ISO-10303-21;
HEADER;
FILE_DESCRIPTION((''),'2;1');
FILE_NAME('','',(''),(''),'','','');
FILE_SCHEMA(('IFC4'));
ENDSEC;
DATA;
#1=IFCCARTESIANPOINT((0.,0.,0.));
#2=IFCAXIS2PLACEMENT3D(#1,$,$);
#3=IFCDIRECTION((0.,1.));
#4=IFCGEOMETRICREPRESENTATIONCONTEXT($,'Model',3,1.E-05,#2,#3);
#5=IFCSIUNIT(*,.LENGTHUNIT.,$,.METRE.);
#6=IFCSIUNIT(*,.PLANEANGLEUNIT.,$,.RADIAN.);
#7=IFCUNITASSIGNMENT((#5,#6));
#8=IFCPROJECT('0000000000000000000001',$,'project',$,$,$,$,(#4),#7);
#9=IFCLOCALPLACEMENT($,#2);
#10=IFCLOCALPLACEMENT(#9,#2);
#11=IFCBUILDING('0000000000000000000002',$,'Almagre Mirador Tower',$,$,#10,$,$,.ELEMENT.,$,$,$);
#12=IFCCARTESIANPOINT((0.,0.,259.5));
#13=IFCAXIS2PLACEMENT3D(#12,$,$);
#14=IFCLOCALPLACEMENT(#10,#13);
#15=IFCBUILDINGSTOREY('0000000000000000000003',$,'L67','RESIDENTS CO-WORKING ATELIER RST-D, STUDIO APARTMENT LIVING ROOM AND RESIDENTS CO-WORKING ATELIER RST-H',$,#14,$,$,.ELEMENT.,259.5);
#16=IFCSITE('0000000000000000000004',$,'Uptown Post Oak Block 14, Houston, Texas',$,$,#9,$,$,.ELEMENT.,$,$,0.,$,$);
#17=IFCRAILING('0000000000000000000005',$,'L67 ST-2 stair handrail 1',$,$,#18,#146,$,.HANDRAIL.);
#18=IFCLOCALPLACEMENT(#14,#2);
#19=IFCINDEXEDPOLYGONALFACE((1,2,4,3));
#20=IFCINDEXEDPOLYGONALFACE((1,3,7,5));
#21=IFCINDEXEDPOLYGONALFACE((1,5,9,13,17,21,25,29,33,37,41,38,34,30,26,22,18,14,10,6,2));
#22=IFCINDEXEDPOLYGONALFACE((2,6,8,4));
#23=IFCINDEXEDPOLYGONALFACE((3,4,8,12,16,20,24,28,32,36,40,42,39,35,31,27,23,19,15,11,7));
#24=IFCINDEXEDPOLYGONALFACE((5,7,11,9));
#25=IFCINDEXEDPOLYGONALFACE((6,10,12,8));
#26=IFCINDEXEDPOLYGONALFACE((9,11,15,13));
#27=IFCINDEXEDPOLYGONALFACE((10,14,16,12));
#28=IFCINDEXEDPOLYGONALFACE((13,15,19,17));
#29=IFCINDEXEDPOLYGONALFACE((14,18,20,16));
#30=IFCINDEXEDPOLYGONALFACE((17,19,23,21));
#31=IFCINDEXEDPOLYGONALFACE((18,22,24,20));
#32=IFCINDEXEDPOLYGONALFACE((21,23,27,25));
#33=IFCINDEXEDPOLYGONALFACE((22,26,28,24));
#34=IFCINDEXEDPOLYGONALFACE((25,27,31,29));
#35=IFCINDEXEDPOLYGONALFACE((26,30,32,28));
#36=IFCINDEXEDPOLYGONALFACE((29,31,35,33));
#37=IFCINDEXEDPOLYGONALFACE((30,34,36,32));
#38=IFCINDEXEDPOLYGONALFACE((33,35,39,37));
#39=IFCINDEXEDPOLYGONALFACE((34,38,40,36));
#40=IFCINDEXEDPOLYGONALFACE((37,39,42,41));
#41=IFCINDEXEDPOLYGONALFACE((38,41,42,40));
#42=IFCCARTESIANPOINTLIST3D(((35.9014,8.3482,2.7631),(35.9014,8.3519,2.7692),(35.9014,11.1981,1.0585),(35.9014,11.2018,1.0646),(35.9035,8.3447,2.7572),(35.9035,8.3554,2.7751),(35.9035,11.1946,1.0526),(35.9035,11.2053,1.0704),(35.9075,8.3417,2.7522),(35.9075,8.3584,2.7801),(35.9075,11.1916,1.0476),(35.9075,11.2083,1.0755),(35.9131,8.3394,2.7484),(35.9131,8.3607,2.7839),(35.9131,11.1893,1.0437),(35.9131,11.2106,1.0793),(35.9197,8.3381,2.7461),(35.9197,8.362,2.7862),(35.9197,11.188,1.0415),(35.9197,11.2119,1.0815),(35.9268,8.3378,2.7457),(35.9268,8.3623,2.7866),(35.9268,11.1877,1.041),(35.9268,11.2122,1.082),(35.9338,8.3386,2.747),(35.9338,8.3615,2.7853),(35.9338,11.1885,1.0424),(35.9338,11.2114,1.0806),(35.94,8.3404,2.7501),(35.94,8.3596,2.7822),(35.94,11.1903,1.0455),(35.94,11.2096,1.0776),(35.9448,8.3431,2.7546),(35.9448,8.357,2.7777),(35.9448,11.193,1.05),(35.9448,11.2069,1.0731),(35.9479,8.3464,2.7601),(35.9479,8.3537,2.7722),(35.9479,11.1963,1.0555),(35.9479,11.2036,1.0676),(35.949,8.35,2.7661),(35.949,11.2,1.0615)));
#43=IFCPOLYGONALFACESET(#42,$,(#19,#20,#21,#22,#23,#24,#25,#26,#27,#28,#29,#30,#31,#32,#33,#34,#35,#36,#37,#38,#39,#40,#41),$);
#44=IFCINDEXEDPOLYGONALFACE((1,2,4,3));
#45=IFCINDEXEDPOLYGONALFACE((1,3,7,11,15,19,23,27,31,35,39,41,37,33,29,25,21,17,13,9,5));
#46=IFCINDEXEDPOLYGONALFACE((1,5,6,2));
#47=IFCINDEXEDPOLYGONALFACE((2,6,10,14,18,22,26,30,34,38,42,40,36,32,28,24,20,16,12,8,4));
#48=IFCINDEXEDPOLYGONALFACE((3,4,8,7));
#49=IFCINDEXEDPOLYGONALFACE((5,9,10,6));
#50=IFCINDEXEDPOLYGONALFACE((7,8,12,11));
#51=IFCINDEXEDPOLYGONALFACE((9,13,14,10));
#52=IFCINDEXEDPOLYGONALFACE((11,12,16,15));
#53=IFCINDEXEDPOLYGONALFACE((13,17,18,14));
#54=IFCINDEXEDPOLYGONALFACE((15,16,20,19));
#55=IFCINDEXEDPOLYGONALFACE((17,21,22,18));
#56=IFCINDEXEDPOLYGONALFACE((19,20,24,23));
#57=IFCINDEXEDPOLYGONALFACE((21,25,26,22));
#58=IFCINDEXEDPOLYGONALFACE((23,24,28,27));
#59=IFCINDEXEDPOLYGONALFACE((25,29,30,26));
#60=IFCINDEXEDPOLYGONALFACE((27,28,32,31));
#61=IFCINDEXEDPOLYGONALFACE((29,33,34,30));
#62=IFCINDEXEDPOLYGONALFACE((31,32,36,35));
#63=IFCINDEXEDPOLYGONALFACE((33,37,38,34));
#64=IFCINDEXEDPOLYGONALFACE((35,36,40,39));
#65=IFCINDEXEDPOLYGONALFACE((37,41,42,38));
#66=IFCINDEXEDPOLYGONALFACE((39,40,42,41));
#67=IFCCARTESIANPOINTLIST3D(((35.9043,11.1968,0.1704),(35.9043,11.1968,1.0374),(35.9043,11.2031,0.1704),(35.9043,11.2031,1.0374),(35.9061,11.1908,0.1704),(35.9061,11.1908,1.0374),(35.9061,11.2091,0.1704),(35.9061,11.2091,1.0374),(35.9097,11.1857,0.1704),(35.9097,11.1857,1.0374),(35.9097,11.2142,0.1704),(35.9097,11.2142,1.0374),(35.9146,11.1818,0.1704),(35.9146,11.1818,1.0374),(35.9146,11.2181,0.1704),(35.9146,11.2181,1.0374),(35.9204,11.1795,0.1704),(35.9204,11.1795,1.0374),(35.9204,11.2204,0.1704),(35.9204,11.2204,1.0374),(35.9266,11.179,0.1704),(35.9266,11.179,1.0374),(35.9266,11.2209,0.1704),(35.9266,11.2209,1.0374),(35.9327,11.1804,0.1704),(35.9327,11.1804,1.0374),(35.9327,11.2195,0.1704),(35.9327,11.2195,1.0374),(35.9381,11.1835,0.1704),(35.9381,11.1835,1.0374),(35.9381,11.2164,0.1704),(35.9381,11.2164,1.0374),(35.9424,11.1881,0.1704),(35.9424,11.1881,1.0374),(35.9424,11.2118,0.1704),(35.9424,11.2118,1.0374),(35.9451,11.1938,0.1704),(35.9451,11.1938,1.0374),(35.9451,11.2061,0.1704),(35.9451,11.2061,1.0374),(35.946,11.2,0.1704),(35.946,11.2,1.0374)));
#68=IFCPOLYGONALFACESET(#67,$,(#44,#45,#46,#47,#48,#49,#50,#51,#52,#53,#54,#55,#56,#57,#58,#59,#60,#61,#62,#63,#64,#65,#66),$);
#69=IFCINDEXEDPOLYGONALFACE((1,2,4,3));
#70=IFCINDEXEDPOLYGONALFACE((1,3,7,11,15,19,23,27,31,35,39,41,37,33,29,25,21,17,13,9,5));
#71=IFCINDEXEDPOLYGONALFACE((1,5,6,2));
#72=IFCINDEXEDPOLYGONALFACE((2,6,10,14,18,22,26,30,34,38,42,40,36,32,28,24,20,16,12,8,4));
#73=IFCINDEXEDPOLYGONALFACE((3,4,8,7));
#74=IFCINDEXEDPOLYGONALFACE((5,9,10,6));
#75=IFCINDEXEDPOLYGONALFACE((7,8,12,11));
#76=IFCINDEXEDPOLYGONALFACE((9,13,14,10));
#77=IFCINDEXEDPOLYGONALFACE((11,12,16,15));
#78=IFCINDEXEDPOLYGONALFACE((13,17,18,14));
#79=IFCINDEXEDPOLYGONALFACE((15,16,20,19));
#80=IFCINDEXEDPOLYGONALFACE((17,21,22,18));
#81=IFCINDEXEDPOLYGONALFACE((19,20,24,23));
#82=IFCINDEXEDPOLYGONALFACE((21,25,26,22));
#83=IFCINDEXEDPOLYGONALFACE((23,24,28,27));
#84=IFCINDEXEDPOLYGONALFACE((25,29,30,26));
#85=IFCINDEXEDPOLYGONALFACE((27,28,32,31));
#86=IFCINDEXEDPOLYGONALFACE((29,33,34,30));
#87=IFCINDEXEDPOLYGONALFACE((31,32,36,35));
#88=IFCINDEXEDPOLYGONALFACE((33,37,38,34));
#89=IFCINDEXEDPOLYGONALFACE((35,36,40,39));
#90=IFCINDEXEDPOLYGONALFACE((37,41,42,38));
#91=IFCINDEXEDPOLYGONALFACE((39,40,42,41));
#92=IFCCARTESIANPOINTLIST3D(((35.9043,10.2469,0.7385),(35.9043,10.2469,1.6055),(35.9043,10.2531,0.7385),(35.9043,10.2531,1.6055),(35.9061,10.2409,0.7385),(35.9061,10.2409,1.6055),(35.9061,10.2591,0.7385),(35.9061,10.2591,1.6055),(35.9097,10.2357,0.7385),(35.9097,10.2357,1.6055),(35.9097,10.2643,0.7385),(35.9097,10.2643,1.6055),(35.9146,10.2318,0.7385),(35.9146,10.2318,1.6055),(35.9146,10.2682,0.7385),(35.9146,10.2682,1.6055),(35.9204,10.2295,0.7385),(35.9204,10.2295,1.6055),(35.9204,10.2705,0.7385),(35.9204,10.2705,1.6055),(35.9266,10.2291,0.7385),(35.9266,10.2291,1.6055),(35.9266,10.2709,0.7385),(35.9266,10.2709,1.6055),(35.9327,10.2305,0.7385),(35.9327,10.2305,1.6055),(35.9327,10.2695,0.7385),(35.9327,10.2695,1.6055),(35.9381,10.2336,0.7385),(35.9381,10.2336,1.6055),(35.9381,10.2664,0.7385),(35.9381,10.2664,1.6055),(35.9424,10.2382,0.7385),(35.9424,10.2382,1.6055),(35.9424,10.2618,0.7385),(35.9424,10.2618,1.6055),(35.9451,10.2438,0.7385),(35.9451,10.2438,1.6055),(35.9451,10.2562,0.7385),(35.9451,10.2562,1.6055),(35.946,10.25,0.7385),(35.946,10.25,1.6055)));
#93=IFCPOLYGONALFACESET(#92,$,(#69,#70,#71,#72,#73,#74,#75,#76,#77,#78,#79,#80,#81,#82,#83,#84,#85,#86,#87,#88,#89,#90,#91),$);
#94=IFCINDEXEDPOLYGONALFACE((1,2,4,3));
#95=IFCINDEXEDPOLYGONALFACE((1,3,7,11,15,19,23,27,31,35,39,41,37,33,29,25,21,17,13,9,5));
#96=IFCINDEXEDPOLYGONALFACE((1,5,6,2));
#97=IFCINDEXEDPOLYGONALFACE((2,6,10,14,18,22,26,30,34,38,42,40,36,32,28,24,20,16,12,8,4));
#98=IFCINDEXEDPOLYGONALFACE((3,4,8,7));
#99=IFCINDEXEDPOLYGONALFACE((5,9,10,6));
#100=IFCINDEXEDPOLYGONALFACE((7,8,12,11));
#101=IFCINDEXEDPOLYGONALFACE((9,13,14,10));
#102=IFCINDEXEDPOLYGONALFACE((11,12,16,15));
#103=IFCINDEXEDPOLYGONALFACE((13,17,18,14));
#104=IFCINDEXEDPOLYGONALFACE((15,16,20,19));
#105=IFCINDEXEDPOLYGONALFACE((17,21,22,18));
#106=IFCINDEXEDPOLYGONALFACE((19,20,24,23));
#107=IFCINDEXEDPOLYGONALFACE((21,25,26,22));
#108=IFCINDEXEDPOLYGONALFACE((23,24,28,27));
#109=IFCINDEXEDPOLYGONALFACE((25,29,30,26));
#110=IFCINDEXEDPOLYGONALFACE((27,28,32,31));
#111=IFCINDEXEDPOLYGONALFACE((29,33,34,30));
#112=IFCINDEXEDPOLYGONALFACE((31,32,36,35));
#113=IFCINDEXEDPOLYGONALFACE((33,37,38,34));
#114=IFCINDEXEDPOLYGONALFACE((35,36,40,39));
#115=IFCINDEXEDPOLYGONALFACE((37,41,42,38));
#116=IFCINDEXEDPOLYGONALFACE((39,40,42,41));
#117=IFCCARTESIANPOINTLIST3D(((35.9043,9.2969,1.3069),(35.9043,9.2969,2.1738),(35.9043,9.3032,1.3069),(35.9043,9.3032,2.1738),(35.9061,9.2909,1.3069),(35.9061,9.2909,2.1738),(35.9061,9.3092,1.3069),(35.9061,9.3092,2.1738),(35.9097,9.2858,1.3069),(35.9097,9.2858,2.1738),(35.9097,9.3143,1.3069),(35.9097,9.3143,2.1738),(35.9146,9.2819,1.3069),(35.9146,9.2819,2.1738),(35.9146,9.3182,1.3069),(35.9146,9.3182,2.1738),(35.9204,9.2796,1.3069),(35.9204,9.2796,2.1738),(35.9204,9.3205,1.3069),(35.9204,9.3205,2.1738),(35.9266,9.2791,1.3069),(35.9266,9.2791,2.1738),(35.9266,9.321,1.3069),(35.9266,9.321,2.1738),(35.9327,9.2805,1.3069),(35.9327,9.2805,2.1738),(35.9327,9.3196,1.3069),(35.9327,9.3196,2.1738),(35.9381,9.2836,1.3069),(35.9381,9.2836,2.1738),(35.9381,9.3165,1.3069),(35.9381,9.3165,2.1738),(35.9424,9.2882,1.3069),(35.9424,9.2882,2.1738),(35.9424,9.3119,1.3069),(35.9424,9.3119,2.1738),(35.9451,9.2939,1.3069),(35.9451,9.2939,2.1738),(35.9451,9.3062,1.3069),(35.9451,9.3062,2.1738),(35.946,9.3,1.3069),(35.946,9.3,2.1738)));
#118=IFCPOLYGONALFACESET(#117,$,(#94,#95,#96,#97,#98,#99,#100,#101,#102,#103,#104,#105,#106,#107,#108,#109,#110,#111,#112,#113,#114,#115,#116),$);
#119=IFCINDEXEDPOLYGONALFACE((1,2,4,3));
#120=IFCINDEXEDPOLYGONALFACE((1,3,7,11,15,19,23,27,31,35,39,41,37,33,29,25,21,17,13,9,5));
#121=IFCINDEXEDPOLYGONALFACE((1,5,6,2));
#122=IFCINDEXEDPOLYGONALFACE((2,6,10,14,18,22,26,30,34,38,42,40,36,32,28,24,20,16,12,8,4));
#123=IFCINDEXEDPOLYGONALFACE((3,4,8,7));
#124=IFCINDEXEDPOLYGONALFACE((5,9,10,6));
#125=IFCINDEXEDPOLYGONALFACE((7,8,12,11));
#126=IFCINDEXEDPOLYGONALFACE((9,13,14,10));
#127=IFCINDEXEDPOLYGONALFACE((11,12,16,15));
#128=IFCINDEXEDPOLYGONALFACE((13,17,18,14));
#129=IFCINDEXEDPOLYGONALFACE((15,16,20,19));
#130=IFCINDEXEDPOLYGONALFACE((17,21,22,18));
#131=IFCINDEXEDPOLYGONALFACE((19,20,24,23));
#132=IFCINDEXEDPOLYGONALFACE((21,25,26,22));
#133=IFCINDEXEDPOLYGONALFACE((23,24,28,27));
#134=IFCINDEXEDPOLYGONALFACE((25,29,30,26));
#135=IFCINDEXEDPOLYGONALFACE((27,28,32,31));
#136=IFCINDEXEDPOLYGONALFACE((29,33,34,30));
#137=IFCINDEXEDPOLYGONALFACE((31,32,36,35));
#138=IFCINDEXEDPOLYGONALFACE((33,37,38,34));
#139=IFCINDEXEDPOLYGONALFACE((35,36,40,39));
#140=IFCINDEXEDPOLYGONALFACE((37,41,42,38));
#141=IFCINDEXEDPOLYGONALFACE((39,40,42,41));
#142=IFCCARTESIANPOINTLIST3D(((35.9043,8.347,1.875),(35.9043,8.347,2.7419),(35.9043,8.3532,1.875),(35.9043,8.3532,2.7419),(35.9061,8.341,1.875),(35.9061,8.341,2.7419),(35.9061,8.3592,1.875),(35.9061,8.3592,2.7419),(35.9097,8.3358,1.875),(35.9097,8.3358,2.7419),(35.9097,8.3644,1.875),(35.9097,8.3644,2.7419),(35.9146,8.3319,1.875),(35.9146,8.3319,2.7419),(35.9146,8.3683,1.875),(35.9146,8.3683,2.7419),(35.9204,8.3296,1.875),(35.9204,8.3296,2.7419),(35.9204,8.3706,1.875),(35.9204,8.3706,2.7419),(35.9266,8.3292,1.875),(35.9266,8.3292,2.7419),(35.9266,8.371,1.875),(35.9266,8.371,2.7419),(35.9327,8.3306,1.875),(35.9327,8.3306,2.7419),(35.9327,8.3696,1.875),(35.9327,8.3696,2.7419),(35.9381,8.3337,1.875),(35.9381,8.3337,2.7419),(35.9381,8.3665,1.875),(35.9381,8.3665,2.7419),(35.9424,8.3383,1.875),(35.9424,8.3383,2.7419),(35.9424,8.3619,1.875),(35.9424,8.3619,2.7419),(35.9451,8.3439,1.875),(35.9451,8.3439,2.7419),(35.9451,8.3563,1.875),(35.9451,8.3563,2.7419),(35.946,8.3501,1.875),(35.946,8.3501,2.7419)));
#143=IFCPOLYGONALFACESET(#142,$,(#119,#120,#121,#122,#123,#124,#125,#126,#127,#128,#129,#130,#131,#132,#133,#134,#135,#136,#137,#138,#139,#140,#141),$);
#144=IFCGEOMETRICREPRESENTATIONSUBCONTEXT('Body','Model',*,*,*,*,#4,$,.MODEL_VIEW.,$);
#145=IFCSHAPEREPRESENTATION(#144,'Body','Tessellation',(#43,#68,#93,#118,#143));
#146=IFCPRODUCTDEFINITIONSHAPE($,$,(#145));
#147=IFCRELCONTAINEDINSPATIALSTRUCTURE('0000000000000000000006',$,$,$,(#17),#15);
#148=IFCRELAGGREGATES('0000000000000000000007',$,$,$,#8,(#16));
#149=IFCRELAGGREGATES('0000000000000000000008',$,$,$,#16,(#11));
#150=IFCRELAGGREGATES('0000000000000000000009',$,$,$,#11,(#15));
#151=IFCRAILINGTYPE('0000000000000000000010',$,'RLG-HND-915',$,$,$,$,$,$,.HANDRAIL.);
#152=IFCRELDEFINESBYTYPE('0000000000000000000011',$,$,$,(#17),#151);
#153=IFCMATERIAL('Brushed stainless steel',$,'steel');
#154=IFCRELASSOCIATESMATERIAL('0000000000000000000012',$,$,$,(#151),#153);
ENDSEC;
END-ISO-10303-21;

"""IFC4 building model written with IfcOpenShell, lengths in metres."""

from ifc_helpers import new_model, si_unit, direction, frame, origin, origin_2d, place, context, subcontext, project, spatial, circle, extrude, material, type_object, element, save


model = new_model("IFC4")

# Units and contexts
model_context = context("Model", 3, precision=1e-05, world=origin(), true_north=direction((0.0, 1.0)))
body_context = subcontext(model_context, "Body", "Model", "MODEL_VIEW")
ifc_project = project(units=[si_unit("LENGTHUNIT", "METRE"), si_unit("PLANEANGLEUNIT", "RADIAN")], contexts=[model_context])

# Site, building, storey
site_placement = place(None, origin())
site = spatial("IfcSite", under=ifc_project, at=site_placement, Name="Uptown Post Oak Block 14, Houston, Texas", CompositionType="ELEMENT", RefElevation=0.0)
building_placement = place(site_placement, origin())
building = spatial("IfcBuilding", under=site, at=building_placement, Name="Almagre Mirador Tower", CompositionType="ELEMENT")
storey_placement = place(building_placement, frame((0.0, 0.0, 259.5)))
storey = spatial("IfcBuildingStorey", under=building, at=storey_placement, Name="L67", Description="RESIDENTS CO-WORKING ATELIER RST-D, STUDIO APARTMENT LIVING ROOM AND RESIDENTS CO-WORKING ATELIER RST-H", CompositionType="ELEMENT", Elevation=259.5)

# Railing
ifc_material_1 = material(Name="Brushed stainless steel", Category="steel")
railing_type_1 = type_object("IfcRailingType", Name="RLG-HND-915", PredefinedType="HANDRAIL", material=ifc_material_1)
railing_1_placement = place(storey_placement, frame((35.925, 11.2, 0.1704)))
element("IfcRailing", 1, at=railing_1_placement, inside=storey, type_object=railing_type_1, Name="L67 ST-2 stair handrail 1", PredefinedType="HANDRAIL", context=body_context, shape_type="SweptSolid", body=[
    extrude(circle(Radius=0.0239, at=origin_2d()), frame((0.0, 0.0, 0.8911), z_axis=(0.0, -0.858199, 0.513317), x_axis=(1.0, 0.0, 0.0)), (0.0, 0.0, 1.0), 3.3208),
    extrude(circle(Radius=0.021, at=origin_2d()), origin(), (0.0, 0.0, 1.0), 0.8669),
    extrude(circle(Radius=0.021, at=origin_2d()), frame((0.0, -0.95, 0.5681)), (0.0, 0.0, 1.0), 0.8669),
    extrude(circle(Radius=0.021, at=origin_2d()), frame((0.0, -1.8999, 1.1365)), (0.0, 0.0, 1.0), 0.8669),
    extrude(circle(Radius=0.021, at=origin_2d()), frame((0.0, -2.8499, 1.7046)), (0.0, 0.0, 1.0), 0.8669),
])

save(model, "model.ifc")
